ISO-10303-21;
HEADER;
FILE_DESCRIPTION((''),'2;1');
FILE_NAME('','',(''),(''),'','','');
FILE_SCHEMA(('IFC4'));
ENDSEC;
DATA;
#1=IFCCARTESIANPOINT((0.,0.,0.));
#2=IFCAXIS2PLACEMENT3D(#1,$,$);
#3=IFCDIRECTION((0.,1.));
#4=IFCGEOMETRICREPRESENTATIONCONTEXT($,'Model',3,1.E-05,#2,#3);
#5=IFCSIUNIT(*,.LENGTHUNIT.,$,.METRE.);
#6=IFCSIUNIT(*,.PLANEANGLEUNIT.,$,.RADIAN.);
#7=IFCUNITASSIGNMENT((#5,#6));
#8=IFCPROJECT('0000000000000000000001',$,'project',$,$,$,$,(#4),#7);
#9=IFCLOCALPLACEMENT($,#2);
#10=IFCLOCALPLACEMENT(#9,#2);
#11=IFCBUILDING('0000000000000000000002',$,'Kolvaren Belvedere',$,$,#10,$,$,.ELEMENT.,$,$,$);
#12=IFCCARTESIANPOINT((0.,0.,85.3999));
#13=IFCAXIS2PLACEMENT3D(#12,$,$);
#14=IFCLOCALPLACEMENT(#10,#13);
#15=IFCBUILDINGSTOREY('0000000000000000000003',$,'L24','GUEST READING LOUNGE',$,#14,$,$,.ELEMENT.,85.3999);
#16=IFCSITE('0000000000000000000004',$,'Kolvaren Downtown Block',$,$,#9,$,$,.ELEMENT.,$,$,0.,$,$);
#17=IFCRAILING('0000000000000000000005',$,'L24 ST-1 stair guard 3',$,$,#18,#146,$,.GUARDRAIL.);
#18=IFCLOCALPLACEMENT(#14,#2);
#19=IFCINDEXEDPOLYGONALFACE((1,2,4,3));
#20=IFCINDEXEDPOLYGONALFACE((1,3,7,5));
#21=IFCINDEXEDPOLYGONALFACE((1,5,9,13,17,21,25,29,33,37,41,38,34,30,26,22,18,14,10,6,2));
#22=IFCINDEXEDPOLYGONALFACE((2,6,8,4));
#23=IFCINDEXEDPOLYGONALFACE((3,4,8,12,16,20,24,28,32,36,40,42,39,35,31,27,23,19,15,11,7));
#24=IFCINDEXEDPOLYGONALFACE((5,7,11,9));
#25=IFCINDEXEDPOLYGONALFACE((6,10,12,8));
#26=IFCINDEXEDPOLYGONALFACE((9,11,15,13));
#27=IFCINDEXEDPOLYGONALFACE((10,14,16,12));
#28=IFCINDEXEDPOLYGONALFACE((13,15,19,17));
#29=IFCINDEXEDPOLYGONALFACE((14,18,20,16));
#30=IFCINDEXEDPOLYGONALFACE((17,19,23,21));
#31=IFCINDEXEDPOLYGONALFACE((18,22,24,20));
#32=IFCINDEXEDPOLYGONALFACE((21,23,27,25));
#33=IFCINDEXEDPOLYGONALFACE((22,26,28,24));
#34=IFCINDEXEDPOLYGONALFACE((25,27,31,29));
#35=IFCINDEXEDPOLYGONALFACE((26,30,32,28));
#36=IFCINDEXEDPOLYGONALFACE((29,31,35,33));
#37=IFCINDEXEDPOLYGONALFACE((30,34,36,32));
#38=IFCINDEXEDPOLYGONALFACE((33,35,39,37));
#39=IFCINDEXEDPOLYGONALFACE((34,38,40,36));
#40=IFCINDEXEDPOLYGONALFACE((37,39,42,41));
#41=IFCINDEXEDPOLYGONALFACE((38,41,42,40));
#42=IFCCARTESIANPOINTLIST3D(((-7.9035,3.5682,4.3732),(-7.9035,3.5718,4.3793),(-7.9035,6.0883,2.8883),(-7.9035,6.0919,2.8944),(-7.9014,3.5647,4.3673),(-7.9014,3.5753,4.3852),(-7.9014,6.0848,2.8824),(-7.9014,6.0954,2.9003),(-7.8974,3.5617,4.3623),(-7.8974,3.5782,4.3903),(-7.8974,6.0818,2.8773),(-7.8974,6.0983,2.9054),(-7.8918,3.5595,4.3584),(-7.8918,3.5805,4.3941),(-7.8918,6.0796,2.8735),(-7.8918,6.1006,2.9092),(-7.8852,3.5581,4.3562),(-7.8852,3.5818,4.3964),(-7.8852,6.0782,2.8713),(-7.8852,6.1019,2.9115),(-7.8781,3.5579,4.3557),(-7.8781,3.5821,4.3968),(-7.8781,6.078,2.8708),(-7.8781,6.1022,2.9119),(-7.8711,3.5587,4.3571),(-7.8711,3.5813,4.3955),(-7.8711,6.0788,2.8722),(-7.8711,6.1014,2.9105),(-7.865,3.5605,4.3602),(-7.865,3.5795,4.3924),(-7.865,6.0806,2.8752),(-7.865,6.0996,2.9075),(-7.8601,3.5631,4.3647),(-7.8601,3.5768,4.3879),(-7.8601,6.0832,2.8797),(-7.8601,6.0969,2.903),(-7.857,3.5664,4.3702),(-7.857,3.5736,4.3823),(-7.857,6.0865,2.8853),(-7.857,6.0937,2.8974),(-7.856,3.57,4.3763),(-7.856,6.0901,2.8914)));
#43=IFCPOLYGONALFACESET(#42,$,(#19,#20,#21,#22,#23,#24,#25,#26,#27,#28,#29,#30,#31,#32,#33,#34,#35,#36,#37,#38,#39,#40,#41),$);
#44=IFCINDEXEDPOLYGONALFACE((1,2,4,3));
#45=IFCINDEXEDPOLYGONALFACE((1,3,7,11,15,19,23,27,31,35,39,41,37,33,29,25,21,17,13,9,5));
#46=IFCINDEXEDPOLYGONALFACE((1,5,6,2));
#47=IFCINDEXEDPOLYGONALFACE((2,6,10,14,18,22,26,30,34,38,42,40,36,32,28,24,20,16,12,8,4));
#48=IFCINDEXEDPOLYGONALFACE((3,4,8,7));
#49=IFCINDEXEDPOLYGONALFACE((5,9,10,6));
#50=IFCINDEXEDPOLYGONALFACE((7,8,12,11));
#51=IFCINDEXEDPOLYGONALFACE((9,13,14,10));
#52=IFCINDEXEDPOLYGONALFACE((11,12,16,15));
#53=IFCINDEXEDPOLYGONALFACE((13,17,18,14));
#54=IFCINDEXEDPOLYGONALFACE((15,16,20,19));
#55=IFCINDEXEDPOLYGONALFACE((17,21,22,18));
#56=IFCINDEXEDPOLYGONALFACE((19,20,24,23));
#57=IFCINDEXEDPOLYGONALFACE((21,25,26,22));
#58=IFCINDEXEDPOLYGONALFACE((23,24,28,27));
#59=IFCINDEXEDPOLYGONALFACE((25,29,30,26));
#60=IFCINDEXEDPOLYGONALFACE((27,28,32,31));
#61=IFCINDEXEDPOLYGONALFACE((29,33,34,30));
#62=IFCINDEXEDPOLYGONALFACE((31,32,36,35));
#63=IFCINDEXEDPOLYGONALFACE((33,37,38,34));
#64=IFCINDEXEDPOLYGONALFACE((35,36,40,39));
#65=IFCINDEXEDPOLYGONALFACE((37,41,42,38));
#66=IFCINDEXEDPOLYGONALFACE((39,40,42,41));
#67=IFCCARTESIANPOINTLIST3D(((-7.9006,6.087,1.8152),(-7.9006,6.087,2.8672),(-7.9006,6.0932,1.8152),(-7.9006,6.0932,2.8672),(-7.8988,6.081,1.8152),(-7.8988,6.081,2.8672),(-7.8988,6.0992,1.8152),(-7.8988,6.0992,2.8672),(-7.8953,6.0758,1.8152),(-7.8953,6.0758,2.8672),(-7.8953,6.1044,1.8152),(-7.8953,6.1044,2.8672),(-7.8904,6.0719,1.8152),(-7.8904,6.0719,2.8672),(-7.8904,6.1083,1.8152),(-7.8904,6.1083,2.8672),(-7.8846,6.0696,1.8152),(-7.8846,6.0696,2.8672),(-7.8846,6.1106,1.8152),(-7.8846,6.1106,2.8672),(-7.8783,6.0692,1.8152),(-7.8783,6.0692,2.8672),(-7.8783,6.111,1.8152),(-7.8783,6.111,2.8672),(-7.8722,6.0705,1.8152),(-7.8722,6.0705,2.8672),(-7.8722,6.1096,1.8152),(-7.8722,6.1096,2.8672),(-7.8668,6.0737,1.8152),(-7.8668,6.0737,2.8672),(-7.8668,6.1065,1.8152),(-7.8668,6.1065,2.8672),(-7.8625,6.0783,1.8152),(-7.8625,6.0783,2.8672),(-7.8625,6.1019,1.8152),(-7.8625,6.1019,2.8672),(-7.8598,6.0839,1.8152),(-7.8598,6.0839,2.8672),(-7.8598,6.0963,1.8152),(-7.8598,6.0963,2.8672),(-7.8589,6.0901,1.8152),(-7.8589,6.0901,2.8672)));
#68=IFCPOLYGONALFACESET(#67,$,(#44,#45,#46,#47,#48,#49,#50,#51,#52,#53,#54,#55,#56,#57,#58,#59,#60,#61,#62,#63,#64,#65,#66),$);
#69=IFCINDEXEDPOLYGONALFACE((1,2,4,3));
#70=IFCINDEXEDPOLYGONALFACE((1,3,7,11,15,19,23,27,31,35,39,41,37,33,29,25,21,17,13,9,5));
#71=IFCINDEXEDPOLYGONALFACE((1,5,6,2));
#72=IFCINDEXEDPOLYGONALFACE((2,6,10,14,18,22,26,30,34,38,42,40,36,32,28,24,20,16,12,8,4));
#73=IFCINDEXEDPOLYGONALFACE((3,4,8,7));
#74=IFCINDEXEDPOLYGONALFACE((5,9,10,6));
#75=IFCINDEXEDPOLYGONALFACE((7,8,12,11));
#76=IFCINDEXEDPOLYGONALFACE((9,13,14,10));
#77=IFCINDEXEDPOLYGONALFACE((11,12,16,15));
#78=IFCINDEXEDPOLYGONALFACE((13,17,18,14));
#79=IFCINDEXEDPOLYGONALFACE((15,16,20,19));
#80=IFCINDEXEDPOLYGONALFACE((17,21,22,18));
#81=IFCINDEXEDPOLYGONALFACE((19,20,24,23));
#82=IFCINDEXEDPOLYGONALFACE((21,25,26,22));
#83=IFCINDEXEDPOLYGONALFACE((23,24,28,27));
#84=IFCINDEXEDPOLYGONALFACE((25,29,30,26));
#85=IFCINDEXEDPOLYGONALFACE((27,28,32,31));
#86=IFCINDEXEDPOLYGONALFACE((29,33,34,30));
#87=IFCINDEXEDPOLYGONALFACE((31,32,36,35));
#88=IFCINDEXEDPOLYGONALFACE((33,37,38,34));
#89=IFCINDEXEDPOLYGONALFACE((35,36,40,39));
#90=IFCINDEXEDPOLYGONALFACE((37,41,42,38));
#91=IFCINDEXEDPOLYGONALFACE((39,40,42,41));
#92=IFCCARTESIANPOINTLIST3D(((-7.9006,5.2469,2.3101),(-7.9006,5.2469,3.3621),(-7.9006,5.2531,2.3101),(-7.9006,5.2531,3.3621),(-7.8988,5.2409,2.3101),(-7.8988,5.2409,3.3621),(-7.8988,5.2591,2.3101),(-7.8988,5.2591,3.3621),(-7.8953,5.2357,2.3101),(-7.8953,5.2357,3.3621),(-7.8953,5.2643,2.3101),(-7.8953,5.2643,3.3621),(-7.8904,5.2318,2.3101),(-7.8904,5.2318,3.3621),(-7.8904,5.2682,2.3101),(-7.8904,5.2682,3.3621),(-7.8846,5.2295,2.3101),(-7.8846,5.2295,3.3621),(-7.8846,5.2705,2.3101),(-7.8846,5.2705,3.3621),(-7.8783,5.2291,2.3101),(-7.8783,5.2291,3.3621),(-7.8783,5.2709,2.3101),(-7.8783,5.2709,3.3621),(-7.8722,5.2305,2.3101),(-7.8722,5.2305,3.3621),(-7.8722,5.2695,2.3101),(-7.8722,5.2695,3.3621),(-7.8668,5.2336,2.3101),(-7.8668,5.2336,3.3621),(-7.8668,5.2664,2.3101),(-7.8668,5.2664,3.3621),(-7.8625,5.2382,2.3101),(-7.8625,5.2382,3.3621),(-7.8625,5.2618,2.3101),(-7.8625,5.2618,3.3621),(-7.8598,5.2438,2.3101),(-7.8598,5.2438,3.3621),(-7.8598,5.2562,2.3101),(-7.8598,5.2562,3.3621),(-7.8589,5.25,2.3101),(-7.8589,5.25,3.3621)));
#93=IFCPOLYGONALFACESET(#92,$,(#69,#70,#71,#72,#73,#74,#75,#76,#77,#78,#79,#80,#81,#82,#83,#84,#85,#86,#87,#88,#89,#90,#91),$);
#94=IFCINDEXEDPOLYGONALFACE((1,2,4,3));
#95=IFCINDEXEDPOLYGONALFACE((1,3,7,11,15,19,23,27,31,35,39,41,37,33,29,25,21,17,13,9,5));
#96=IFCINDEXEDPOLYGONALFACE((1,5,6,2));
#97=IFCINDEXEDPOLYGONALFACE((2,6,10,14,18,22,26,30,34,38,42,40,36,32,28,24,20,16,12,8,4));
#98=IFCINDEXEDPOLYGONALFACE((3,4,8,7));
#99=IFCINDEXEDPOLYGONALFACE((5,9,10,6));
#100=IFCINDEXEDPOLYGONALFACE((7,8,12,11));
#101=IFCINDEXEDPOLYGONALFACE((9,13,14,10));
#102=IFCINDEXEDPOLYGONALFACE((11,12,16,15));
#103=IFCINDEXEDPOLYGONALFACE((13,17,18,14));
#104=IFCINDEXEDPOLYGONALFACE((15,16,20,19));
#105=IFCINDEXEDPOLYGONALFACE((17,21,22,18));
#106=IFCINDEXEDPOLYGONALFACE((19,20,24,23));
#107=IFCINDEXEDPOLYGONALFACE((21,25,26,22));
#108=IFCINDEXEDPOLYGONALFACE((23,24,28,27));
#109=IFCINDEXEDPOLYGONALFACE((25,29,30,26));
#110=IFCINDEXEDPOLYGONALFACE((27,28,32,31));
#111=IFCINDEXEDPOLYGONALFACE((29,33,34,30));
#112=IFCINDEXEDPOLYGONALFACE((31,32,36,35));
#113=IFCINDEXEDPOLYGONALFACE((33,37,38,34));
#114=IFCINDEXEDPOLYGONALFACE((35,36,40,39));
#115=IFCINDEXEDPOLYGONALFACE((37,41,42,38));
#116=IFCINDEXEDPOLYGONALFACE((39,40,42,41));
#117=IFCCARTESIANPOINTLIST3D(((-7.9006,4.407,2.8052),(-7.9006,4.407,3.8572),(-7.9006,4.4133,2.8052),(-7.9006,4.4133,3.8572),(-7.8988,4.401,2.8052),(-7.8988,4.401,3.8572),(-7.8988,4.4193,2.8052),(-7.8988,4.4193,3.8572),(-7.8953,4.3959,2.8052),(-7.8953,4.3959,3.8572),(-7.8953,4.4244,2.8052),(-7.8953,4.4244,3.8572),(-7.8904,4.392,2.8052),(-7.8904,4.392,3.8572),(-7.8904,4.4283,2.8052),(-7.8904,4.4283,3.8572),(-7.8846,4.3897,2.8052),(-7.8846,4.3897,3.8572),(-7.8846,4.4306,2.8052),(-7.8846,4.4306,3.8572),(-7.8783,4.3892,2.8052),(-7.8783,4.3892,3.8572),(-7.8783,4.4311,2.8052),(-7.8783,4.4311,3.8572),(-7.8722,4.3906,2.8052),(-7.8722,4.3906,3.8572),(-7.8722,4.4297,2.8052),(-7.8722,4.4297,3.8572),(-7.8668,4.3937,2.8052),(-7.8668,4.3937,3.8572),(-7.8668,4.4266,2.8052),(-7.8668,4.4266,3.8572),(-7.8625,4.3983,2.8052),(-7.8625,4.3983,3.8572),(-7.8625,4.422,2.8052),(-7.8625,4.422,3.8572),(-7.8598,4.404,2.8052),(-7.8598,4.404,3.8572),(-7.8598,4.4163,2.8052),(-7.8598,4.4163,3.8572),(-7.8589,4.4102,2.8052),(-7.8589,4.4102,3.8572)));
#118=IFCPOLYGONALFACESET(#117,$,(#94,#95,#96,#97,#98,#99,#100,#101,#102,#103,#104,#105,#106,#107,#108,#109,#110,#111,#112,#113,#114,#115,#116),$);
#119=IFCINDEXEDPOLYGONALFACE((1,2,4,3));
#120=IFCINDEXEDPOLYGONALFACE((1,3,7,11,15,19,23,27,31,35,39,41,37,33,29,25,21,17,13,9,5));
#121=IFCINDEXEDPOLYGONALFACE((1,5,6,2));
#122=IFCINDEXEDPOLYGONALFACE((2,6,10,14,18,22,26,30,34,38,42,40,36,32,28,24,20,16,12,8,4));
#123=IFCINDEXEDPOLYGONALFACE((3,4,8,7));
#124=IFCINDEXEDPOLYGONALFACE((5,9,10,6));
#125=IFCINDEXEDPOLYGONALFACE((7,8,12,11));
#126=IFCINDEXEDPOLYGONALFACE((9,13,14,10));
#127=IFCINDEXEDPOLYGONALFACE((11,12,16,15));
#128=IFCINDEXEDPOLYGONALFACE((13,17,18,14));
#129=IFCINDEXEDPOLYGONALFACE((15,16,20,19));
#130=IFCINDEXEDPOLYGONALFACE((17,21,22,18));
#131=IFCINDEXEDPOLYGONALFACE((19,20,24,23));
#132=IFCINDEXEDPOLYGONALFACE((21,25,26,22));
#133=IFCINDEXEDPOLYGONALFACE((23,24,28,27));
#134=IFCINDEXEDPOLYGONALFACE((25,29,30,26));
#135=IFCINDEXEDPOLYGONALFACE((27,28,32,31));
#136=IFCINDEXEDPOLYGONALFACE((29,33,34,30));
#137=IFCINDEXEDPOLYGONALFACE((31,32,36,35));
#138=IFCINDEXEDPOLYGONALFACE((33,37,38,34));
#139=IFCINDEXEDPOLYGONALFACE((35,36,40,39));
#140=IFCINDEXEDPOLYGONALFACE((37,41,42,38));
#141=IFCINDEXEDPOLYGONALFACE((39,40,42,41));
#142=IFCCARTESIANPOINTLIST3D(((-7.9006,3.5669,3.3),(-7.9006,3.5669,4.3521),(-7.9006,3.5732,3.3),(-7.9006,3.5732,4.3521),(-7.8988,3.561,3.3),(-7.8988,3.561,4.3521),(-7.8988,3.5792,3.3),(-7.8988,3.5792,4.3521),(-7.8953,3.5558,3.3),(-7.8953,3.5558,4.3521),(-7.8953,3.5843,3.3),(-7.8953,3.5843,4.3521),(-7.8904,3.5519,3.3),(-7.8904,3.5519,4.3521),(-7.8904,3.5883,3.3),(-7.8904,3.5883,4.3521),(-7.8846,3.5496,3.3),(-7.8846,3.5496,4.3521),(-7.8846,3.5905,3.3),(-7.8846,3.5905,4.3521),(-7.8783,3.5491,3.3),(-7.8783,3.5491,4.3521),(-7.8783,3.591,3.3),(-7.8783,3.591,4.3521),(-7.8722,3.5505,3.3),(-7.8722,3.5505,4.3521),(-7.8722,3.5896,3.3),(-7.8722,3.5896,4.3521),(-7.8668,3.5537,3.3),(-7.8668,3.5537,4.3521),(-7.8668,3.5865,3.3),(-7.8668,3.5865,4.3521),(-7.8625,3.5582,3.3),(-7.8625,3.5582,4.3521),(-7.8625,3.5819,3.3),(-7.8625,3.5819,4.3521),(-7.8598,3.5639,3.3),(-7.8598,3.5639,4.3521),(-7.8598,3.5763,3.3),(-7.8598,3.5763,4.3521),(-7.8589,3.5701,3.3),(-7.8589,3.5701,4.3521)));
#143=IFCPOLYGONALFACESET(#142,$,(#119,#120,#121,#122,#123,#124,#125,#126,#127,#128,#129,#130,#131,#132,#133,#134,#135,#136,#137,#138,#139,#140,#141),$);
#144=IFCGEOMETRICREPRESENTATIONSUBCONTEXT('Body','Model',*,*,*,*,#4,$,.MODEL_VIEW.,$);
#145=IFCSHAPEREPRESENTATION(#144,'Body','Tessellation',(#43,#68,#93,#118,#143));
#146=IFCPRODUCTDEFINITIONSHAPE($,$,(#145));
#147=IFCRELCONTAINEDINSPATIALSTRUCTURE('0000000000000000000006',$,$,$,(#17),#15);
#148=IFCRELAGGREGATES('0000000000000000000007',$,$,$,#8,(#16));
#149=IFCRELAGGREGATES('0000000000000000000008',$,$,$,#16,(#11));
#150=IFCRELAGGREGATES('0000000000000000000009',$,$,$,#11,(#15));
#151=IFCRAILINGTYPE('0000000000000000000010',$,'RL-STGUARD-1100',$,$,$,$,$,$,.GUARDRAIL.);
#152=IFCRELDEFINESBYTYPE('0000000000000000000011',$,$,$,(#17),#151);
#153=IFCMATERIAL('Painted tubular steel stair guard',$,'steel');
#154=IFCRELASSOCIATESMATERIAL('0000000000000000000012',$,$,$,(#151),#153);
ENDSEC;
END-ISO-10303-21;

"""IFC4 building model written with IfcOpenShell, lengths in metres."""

from ifc_helpers import new_model, si_unit, direction, frame, origin, origin_2d, place, context, subcontext, project, spatial, circle, extrude, material, type_object, element, save


model = new_model("IFC4")

# Units and contexts
model_context = context("Model", 3, precision=1e-05, world=origin(), true_north=direction((0.0, 1.0)))
body_context = subcontext(model_context, "Body", "Model", "MODEL_VIEW")
ifc_project = project(units=[si_unit("LENGTHUNIT", "METRE"), si_unit("PLANEANGLEUNIT", "RADIAN")], contexts=[model_context])

# Site, building, storey
site_placement = place(None, origin())
site = spatial("IfcSite", under=ifc_project, at=site_placement, Name="Kolvaren Downtown Block", CompositionType="ELEMENT", RefElevation=0.0)
building_placement = place(site_placement, origin())
building = spatial("IfcBuilding", under=site, at=building_placement, Name="Kolvaren Belvedere", CompositionType="ELEMENT")
storey_placement = place(building_placement, frame((0.0, 0.0, 85.3999)))
storey = spatial("IfcBuildingStorey", under=building, at=storey_placement, Name="L24", Description="GUEST READING LOUNGE", CompositionType="ELEMENT", Elevation=85.3999)

# Railing
ifc_material_1 = material(Name="Painted tubular steel stair guard", Category="steel")
railing_type_1 = type_object("IfcRailingType", Name="RL-STGUARD-1100", PredefinedType="GUARDRAIL", material=ifc_material_1)
railing_1_placement = place(storey_placement, frame((-7.8799, 6.0901, 1.8152)))
element("IfcRailing", 1, at=railing_1_placement, inside=storey, type_object=railing_type_1, Name="L24 ST-1 stair guard 3", PredefinedType="GUARDRAIL", context=body_context, shape_type="SweptSolid", body=[
    extrude(circle(Radius=0.0239, at=origin_2d()), frame((0.0, 0.0, 1.0762), z_axis=(0.0, -0.861561, 0.507655), x_axis=(1.0, 0.0, 0.0)), (0.0, 0.0, 1.0), 2.925),
    extrude(circle(Radius=0.021, at=origin_2d()), origin(), (0.0, 0.0, 1.0), 1.052),
    extrude(circle(Radius=0.021, at=origin_2d()), frame((0.0, -0.8401, 0.4949)), (0.0, 0.0, 1.0), 1.052),
    extrude(circle(Radius=0.021, at=origin_2d()), frame((0.0, -1.6799, 0.99)), (0.0, 0.0, 1.0), 1.052),
    extrude(circle(Radius=0.021, at=origin_2d()), frame((0.0, -2.52, 1.4849)), (0.0, 0.0, 1.0), 1.052),
])

save(model, "model.ifc")
